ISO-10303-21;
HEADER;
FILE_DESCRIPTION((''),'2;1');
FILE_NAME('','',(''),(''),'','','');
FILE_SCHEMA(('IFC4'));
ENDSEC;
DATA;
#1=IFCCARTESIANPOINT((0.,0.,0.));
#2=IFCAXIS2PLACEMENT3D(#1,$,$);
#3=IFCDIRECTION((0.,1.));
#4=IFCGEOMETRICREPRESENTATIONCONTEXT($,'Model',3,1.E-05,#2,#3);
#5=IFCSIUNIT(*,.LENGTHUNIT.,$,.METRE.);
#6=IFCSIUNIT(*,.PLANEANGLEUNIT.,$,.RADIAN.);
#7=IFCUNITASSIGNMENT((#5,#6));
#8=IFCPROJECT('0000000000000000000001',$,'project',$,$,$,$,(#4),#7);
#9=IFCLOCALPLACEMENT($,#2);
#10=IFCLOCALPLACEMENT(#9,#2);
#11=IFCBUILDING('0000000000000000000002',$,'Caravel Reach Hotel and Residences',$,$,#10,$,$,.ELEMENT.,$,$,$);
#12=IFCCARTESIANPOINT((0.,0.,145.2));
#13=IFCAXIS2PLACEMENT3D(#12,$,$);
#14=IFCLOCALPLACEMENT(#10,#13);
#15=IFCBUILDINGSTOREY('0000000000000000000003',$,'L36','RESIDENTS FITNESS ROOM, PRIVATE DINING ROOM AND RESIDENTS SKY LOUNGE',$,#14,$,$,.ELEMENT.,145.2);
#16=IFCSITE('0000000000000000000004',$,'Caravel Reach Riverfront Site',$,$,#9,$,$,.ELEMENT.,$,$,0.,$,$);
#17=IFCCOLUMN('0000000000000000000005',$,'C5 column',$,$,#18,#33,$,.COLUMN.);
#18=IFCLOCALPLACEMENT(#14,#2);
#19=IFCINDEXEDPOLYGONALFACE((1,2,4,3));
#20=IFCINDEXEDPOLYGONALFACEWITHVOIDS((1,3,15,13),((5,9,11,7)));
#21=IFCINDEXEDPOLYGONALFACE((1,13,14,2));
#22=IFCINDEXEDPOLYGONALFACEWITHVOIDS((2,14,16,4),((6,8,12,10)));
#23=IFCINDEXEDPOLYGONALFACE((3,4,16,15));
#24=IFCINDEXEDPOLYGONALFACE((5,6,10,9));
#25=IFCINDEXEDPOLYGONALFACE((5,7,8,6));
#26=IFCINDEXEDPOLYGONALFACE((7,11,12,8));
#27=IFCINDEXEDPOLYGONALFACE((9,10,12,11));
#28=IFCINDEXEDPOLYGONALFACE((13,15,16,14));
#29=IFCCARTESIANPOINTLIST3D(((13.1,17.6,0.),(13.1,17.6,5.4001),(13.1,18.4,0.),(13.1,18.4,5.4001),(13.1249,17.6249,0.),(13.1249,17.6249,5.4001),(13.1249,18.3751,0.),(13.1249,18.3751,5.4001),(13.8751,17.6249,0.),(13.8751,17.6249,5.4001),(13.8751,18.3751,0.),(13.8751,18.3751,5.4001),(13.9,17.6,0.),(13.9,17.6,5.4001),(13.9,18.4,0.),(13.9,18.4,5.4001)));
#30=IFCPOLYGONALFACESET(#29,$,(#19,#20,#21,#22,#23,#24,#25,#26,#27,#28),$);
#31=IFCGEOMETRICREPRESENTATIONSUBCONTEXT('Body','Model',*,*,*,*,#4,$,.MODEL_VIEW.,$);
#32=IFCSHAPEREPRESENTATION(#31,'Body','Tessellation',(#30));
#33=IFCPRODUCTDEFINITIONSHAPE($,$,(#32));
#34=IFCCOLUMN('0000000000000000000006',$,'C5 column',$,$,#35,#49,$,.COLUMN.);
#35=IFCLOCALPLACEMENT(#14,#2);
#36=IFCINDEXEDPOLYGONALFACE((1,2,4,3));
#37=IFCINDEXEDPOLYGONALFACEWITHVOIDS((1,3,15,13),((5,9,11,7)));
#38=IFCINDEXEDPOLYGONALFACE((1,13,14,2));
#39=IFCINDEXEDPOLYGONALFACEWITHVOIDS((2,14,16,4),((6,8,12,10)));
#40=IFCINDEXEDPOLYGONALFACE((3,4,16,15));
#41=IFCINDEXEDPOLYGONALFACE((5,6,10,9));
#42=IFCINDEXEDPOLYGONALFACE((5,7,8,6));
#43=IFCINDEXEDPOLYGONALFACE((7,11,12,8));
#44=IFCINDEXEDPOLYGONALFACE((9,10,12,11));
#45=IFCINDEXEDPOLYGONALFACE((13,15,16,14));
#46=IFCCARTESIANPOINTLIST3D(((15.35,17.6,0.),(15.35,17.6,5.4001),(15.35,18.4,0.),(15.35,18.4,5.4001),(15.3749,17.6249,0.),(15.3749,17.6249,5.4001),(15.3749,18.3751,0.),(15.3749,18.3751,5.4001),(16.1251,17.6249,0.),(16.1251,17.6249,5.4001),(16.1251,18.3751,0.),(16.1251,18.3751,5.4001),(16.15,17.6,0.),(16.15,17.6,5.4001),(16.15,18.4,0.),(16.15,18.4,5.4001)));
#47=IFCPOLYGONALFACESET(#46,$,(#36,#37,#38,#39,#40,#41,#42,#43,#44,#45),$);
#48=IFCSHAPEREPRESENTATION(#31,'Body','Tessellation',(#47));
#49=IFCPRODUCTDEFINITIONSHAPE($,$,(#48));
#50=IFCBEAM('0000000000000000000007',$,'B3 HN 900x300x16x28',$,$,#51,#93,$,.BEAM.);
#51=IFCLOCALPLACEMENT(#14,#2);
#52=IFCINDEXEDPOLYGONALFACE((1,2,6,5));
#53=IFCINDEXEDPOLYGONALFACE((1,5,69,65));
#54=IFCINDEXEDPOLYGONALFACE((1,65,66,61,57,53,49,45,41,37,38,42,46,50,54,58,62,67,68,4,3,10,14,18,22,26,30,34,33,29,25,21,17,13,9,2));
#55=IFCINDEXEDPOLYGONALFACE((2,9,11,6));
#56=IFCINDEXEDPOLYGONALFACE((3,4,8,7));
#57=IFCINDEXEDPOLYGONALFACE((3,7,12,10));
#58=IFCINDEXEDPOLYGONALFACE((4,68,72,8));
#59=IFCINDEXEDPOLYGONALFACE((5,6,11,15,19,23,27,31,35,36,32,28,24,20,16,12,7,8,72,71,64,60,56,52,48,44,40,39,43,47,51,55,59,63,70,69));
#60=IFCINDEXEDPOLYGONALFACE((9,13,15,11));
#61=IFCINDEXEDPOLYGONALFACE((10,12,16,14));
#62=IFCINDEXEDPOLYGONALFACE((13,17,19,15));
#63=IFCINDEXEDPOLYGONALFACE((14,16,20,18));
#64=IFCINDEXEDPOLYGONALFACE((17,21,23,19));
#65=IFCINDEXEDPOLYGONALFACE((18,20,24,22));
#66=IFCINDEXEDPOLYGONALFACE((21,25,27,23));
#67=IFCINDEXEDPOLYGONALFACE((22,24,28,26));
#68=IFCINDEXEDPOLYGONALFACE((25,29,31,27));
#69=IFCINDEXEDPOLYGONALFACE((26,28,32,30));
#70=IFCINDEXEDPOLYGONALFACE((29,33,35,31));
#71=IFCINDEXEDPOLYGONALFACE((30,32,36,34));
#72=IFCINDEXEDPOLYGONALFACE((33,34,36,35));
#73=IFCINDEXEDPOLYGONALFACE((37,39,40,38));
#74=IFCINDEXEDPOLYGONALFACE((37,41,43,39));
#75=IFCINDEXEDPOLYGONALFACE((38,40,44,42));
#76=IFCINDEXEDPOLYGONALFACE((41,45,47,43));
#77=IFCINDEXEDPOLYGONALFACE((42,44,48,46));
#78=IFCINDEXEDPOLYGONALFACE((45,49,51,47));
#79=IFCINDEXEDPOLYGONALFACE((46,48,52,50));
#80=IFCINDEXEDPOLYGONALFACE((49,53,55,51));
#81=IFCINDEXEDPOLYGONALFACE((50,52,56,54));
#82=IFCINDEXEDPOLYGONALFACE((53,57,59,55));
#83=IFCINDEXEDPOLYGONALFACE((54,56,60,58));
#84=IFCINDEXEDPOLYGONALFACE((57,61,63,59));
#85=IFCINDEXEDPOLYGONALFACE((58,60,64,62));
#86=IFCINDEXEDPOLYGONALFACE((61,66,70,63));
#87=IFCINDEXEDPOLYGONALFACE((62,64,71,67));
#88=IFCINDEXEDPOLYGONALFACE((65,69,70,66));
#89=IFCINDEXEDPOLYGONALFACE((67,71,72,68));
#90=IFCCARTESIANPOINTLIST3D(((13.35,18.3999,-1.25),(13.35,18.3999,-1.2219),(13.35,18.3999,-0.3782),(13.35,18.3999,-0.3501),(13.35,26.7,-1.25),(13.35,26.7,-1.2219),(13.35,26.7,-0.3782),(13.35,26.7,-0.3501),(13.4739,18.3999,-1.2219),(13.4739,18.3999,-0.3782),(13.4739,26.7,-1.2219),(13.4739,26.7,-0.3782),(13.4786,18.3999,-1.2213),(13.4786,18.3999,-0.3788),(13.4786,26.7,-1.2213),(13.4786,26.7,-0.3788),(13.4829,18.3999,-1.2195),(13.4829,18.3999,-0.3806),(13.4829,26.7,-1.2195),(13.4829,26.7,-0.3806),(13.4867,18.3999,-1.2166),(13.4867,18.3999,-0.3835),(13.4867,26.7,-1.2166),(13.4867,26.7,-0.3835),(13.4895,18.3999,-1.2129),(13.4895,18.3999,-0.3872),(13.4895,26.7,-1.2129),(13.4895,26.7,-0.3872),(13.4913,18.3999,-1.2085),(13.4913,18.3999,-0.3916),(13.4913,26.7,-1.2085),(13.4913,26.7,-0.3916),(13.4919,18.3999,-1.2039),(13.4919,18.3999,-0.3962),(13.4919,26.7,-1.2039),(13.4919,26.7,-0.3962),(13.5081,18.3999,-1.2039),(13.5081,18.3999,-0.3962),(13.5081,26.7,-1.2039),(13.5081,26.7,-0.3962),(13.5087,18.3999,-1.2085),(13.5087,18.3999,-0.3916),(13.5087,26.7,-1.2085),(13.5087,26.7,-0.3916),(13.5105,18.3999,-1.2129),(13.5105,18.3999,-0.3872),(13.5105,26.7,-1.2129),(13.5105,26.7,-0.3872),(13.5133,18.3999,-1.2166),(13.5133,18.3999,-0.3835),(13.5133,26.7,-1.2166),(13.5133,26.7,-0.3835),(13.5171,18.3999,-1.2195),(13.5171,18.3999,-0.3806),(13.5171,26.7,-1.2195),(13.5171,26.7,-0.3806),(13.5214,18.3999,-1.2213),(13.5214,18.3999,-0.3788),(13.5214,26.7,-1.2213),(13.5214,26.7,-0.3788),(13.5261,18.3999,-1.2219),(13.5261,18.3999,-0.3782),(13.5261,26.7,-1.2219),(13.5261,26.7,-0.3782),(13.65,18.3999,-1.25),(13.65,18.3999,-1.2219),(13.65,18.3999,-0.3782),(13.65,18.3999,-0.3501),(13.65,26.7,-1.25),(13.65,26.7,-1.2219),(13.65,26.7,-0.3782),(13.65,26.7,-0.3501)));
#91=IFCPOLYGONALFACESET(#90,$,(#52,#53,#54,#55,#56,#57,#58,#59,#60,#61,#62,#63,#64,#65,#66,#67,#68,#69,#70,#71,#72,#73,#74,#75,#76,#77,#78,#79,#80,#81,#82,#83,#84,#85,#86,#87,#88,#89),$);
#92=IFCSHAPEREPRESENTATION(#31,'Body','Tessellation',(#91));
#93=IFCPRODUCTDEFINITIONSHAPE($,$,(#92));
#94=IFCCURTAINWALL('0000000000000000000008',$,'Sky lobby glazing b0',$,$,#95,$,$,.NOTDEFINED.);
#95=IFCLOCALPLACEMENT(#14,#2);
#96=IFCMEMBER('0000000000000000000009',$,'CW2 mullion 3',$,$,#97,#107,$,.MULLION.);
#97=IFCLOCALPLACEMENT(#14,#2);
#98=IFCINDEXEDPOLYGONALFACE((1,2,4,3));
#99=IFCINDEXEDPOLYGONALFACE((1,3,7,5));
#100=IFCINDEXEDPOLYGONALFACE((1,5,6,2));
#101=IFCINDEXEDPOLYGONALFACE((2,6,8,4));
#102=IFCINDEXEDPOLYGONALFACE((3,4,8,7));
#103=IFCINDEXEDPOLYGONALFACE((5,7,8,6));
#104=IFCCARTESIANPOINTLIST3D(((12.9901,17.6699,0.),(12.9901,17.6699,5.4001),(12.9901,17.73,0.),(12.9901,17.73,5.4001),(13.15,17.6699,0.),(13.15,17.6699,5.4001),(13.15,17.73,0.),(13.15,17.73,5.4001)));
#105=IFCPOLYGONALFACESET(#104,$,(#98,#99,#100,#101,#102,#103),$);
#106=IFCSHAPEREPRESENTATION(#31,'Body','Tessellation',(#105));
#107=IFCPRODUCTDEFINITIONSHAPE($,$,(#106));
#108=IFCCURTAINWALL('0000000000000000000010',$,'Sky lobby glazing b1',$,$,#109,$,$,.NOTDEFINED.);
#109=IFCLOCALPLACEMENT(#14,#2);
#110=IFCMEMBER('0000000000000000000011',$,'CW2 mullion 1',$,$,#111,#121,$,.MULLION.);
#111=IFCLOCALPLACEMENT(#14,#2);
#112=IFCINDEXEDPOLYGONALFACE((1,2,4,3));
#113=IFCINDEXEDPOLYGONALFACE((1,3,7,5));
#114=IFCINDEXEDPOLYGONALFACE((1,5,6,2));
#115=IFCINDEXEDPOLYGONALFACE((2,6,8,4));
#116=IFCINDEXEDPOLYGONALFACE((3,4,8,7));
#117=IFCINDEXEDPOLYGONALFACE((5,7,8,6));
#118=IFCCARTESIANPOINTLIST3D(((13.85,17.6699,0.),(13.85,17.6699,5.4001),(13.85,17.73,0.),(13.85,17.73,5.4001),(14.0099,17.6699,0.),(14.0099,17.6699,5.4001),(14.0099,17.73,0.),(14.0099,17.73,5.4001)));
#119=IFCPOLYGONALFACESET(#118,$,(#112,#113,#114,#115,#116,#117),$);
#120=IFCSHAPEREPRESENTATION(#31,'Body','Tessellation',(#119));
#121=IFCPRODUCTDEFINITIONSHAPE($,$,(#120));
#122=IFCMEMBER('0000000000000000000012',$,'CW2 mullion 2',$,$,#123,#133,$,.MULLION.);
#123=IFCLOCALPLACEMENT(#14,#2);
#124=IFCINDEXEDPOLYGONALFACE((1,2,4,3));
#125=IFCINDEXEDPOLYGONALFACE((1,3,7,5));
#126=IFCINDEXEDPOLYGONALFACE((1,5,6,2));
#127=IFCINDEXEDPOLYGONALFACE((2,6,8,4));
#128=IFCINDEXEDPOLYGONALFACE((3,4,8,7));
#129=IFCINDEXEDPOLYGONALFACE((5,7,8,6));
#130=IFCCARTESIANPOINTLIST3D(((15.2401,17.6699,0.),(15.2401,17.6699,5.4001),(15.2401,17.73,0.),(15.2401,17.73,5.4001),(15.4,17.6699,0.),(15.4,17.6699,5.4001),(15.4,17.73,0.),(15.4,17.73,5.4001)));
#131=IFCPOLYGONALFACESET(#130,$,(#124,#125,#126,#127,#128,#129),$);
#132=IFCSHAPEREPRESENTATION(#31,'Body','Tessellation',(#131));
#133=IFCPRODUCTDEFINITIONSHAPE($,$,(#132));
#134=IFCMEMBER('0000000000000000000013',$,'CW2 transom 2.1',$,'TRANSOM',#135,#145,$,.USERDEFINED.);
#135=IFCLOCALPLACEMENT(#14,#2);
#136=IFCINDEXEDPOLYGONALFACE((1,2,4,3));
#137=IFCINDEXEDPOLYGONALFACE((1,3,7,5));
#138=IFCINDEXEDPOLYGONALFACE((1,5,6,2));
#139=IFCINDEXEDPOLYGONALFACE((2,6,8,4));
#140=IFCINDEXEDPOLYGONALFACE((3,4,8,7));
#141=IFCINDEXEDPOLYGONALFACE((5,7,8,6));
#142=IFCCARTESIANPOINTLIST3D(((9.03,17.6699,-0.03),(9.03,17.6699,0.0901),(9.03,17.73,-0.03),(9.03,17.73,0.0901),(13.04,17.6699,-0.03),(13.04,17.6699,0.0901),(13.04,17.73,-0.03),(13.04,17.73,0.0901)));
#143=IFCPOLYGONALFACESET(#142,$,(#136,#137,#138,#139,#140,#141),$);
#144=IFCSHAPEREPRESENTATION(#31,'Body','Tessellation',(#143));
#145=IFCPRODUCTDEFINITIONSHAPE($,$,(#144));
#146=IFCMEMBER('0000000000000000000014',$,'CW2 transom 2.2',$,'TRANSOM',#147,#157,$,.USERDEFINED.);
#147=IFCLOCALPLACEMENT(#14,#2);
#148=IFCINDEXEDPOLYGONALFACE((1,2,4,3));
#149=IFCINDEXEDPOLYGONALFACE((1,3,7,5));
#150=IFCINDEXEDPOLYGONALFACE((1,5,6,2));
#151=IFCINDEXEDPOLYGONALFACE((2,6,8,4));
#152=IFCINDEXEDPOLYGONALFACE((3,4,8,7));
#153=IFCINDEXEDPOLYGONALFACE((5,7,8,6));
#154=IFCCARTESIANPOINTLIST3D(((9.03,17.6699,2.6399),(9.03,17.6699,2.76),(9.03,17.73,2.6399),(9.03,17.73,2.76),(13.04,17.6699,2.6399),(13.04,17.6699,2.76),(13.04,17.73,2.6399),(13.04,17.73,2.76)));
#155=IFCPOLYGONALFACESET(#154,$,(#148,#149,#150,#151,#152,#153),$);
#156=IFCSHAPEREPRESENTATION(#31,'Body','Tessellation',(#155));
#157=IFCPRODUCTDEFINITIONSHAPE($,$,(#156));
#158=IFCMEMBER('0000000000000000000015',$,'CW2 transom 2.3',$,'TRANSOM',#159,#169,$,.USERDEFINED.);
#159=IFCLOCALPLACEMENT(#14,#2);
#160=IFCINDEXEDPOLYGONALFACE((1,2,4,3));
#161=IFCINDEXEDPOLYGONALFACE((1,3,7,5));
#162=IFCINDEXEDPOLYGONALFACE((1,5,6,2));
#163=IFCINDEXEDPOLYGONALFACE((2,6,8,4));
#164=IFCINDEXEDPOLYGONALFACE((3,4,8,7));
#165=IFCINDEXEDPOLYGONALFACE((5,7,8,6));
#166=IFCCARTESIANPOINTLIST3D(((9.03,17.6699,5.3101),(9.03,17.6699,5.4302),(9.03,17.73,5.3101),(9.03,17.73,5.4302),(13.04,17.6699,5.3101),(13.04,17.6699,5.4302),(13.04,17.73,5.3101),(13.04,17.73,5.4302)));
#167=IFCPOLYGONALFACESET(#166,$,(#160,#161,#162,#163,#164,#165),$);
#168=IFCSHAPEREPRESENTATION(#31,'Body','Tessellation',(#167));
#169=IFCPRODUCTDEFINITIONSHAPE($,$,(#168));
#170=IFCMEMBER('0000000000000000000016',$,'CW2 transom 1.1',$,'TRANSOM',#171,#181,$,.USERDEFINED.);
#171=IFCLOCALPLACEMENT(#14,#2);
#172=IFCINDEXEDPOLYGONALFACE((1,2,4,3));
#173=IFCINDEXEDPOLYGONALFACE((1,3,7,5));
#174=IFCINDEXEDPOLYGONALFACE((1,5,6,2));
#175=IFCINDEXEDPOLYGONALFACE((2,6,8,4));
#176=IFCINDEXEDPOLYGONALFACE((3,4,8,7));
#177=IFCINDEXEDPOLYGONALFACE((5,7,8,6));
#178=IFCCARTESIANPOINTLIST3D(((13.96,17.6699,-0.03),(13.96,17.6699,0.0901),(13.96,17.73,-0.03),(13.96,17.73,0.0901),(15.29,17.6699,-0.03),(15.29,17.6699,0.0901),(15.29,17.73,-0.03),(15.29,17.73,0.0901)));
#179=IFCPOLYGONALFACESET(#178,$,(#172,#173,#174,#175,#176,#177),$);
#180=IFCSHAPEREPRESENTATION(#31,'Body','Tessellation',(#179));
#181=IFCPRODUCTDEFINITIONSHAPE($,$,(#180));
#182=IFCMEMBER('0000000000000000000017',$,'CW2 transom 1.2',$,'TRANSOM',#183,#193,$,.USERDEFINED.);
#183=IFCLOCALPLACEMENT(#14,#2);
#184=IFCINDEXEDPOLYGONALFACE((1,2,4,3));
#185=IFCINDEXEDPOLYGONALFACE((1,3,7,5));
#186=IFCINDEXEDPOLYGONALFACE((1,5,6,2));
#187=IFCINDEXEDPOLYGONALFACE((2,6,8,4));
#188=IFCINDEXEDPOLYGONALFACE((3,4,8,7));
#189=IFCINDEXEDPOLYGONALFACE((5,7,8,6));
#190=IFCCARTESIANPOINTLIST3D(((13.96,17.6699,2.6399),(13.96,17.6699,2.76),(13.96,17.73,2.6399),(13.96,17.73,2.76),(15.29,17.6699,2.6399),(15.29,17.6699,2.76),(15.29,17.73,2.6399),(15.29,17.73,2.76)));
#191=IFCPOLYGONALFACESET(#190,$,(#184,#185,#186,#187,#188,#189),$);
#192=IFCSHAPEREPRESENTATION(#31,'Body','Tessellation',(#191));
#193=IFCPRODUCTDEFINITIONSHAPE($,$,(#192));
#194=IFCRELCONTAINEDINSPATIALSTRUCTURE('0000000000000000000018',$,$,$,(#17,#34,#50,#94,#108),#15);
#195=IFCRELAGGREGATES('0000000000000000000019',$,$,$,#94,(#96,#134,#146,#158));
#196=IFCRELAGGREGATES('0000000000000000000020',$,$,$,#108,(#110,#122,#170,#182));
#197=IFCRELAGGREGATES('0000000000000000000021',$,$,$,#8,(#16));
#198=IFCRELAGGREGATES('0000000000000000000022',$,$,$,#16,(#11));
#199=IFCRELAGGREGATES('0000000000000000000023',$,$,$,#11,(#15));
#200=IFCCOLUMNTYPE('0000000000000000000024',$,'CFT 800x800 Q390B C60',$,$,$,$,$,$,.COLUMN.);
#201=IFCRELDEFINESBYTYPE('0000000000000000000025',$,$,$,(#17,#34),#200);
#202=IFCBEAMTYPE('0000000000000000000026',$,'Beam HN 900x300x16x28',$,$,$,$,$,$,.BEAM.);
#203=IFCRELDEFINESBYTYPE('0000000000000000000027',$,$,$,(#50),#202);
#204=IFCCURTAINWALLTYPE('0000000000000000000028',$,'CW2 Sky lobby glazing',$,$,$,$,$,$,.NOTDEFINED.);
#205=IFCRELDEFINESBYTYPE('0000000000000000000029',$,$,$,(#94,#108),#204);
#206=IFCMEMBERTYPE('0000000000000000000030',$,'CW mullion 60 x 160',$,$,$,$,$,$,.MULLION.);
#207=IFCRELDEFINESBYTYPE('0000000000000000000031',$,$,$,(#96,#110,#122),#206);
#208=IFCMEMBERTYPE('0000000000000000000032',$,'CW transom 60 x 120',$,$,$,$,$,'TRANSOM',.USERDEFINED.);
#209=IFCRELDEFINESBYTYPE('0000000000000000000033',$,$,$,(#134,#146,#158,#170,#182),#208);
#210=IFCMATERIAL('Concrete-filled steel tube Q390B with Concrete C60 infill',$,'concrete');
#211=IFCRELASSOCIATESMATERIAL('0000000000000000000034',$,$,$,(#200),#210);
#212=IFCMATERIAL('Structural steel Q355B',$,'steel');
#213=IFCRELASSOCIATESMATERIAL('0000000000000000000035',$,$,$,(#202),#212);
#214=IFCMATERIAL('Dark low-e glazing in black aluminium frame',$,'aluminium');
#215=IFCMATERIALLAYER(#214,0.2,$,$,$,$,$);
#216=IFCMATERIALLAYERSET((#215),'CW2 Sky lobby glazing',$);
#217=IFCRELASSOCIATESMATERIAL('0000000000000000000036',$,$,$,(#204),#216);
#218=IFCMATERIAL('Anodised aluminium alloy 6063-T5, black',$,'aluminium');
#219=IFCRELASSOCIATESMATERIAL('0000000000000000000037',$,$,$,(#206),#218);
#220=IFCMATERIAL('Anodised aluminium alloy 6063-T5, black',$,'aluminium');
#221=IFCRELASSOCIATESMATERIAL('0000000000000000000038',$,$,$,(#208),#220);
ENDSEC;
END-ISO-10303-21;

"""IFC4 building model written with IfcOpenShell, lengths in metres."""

from ifc_helpers import new_model, si_unit, direction, frame, origin, origin_2d, place, context, subcontext, project, spatial, rectangle, hollow_rectangle, i_section, extrude, material, layer, layer_set, material_profile, profile_set, type_object, element, aggregate, save


model = new_model("IFC4")

# Units and contexts
model_context = context("Model", 3, precision=1e-05, world=origin(), true_north=direction((0.0, 1.0)))
body_context = subcontext(model_context, "Body", "Model", "MODEL_VIEW")
ifc_project = project(units=[si_unit("LENGTHUNIT", "METRE"), si_unit("PLANEANGLEUNIT", "RADIAN")], contexts=[model_context])

# Site, building, storey
site_placement = place(None, origin())
site = spatial("IfcSite", under=ifc_project, at=site_placement, Name="Caravel Reach Riverfront Site", CompositionType="ELEMENT", RefElevation=0.0)
building_placement = place(site_placement, origin())
building = spatial("IfcBuilding", under=site, at=building_placement, Name="Caravel Reach Hotel and Residences", CompositionType="ELEMENT")
storey_placement = place(building_placement, frame((0.0, 0.0, 145.2)))
storey = spatial("IfcBuildingStorey", under=building, at=storey_placement, Name="L36", Description="RESIDENTS FITNESS ROOM, PRIVATE DINING ROOM AND RESIDENTS SKY LOUNGE", CompositionType="ELEMENT", Elevation=145.2)

# Columns
ifc_material_1 = material(Name="Concrete-filled steel tube Q390B with Concrete C60 infill", Category="concrete")
ifc_material_profile_1 = material_profile(ifc_material_1, hollow_rectangle(XDim=0.8, YDim=0.8, WallThickness=0.0249, at=origin_2d()), Name="RHS 800x800x25")
ifc_profile_set_1 = profile_set([ifc_material_profile_1], Name="Concrete-filled steel tube Q390B with Concrete C60 infill")
column_type = type_object("IfcColumnType", Name="CFT 800x800 Q390B C60", PredefinedType="COLUMN", material=ifc_profile_set_1)
for number, where, z_axis, x_axis, name in (
    (1, (13.5, 18.0, 0.0), (0.0, 0.0, 1.0), (1.0, 0.0, 0.0), "C5 column"),
    (2, (15.75, 18.0, 0.0), (0.0, 0.0, 1.0), (1.0, 0.0, 0.0), "C5 column"),
):
    element("IfcColumn", number, at=place(storey_placement, frame(where, z_axis=z_axis, x_axis=x_axis)), inside=storey, type_object=column_type, Name=name, PredefinedType="COLUMN", context=body_context, shape_type="SweptSolid", body=[
        extrude(hollow_rectangle(XDim=0.8, YDim=0.8, WallThickness=0.0249, at=origin_2d()), origin(), (0.0, 0.0, 1.0), 5.4001),
    ])

# Beam
ifc_material_2 = material(Name="Structural steel Q355B", Category="steel")
ifc_material_profile_2 = material_profile(ifc_material_2, i_section(OverallWidth=0.3, OverallDepth=0.8999, WebThickness=0.0161, FlangeThickness=0.0281, FilletRadius=0.0181, at=origin_2d()), Name="HN 900x300x16x28")
ifc_profile_set_2 = profile_set([ifc_material_profile_2], Name="Structural steel Q355B")
beam_type = type_object("IfcBeamType", Name="Beam HN 900x300x16x28", PredefinedType="BEAM", material=ifc_profile_set_2)
beam_placement = place(storey_placement, frame((13.5, 18.3999, -0.8), z_axis=(0.0, 1.0, 0.0), x_axis=(-1.0, 0.0, 0.0)))
element("IfcBeam", 3, at=beam_placement, inside=storey, type_object=beam_type, Name="B3 HN 900x300x16x28", PredefinedType="BEAM", context=body_context, shape_type="SweptSolid", body=[
    extrude(i_section(OverallWidth=0.3, OverallDepth=0.8999, WebThickness=0.0161, FlangeThickness=0.0281, FilletRadius=0.0181, at=origin_2d()), origin(), (0.0, 0.0, 1.0), 8.3),
])

# Curtain wall, member
ifc_material_3 = material(Name="Dark low-e glazing in black aluminium frame", Category="aluminium")
ifc_layer_1 = layer(ifc_material_3, 0.2)
ifc_layer_set_1 = layer_set([ifc_layer_1], Name="CW2 Sky lobby glazing")
curtain_wall_type = type_object("IfcCurtainWallType", Name="CW2 Sky lobby glazing", PredefinedType="NOTDEFINED", material=ifc_layer_set_1)
curtain_wall_1_placement = place(storey_placement, origin())
curtain_wall_1 = element("IfcCurtainWall", 4, at=curtain_wall_1_placement, inside=storey, type_object=curtain_wall_type, Name="Sky lobby glazing b0", PredefinedType="NOTDEFINED")
ifc_material_4 = material(Name="Anodised aluminium alloy 6063-T5, black", Category="aluminium")
ifc_material_profile_3 = material_profile(ifc_material_4, rectangle(XDim=0.0601, YDim=0.1599, at=origin_2d()), Name="CW mullion 60 x 160")
ifc_profile_set_3 = profile_set([ifc_material_profile_3], Name="Anodised aluminium alloy 6063-T5, black")
member_type_1 = type_object("IfcMemberType", Name="CW mullion 60 x 160", PredefinedType="MULLION", material=ifc_profile_set_3)
member_1_placement = place(storey_placement, frame((13.0701, 17.7, 0.0), z_axis=(0.0, 0.0, 1.0), x_axis=(0.0, 1.0, 0.0)))
member_1 = element("IfcMember", 5, at=member_1_placement, type_object=member_type_1, Name="CW2 mullion 3", PredefinedType="MULLION", context=body_context, shape_type="SweptSolid", body=[
    extrude(rectangle(XDim=0.0601, YDim=0.1599, at=origin_2d()), origin(), (0.0, 0.0, 1.0), 5.4001),
])

# Curtain wall, members
curtain_wall_2_placement = place(storey_placement, origin())
curtain_wall_2 = element("IfcCurtainWall", 6, at=curtain_wall_2_placement, inside=storey, type_object=curtain_wall_type, Name="Sky lobby glazing b1", PredefinedType="NOTDEFINED")
member_2_placement = place(storey_placement, frame((13.9299, 17.7, 0.0), z_axis=(0.0, 0.0, 1.0), x_axis=(0.0, 1.0, 0.0)))
member_2 = element("IfcMember", 7, at=member_2_placement, type_object=member_type_1, Name="CW2 mullion 1", PredefinedType="MULLION", context=body_context, shape_type="SweptSolid", body=[
    extrude(rectangle(XDim=0.0601, YDim=0.1599, at=origin_2d()), origin(), (0.0, 0.0, 1.0), 5.4001),
])
member_3_placement = place(storey_placement, frame((15.3201, 17.7, 0.0), z_axis=(0.0, 0.0, 1.0), x_axis=(0.0, 1.0, 0.0)))
member_3 = element("IfcMember", 8, at=member_3_placement, type_object=member_type_1, Name="CW2 mullion 2", PredefinedType="MULLION", context=body_context, shape_type="SweptSolid", body=[
    extrude(rectangle(XDim=0.0601, YDim=0.1599, at=origin_2d()), origin(), (0.0, 0.0, 1.0), 5.4001),
])

# Members
ifc_material_5 = material(Name="Anodised aluminium alloy 6063-T5, black", Category="aluminium")
ifc_material_profile_4 = material_profile(ifc_material_5, rectangle(XDim=0.0601, YDim=0.1201, at=origin_2d()), Name="CW transom 60 x 120")
ifc_profile_set_4 = profile_set([ifc_material_profile_4], Name="Anodised aluminium alloy 6063-T5, black")
member_type_2 = type_object("IfcMemberType", Name="CW transom 60 x 120", ElementType="TRANSOM", PredefinedType="USERDEFINED", material=ifc_profile_set_4)
member_4_placement = place(storey_placement, frame((9.03, 17.7, 0.03), z_axis=(1.0, 0.0, 0.0), x_axis=(0.0, 1.0, 0.0)))
member_4 = element("IfcMember", 9, at=member_4_placement, type_object=member_type_2, Name="CW2 transom 2.1", ObjectType="TRANSOM", PredefinedType="USERDEFINED", context=body_context, shape_type="SweptSolid", body=[
    extrude(rectangle(XDim=0.0601, YDim=0.1201, at=origin_2d()), origin(), (0.0, 0.0, 1.0), 4.01),
])
member_5_placement = place(storey_placement, frame((9.03, 17.7, 2.7), z_axis=(1.0, 0.0, 0.0), x_axis=(0.0, 1.0, 0.0)))
member_5 = element("IfcMember", 10, at=member_5_placement, type_object=member_type_2, Name="CW2 transom 2.2", ObjectType="TRANSOM", PredefinedType="USERDEFINED", context=body_context, shape_type="SweptSolid", body=[
    extrude(rectangle(XDim=0.0601, YDim=0.1201, at=origin_2d()), origin(), (0.0, 0.0, 1.0), 4.01),
])
member_6_placement = place(storey_placement, frame((9.03, 17.7, 5.3701), z_axis=(1.0, 0.0, 0.0), x_axis=(0.0, 1.0, 0.0)))
member_6 = element("IfcMember", 11, at=member_6_placement, type_object=member_type_2, Name="CW2 transom 2.3", ObjectType="TRANSOM", PredefinedType="USERDEFINED", context=body_context, shape_type="SweptSolid", body=[
    extrude(rectangle(XDim=0.0601, YDim=0.1201, at=origin_2d()), origin(), (0.0, 0.0, 1.0), 4.01),
])
member_7_placement = place(storey_placement, frame((13.96, 17.7, 0.03), z_axis=(1.0, 0.0, 0.0), x_axis=(0.0, 1.0, 0.0)))
member_7 = element("IfcMember", 12, at=member_7_placement, type_object=member_type_2, Name="CW2 transom 1.1", ObjectType="TRANSOM", PredefinedType="USERDEFINED", context=body_context, shape_type="SweptSolid", body=[
    extrude(rectangle(XDim=0.0601, YDim=0.1201, at=origin_2d()), origin(), (0.0, 0.0, 1.0), 1.3301),
])
member_8_placement = place(storey_placement, frame((13.96, 17.7, 2.7), z_axis=(1.0, 0.0, 0.0), x_axis=(0.0, 1.0, 0.0)))
member_8 = element("IfcMember", 13, at=member_8_placement, type_object=member_type_2, Name="CW2 transom 1.2", ObjectType="TRANSOM", PredefinedType="USERDEFINED", context=body_context, shape_type="SweptSolid", body=[
    extrude(rectangle(XDim=0.0601, YDim=0.1201, at=origin_2d()), origin(), (0.0, 0.0, 1.0), 1.3301),
])

aggregate(curtain_wall_1, [member_1, member_4, member_5, member_6])
aggregate(curtain_wall_2, [member_2, member_3, member_7, member_8])

save(model, "model.ifc")
